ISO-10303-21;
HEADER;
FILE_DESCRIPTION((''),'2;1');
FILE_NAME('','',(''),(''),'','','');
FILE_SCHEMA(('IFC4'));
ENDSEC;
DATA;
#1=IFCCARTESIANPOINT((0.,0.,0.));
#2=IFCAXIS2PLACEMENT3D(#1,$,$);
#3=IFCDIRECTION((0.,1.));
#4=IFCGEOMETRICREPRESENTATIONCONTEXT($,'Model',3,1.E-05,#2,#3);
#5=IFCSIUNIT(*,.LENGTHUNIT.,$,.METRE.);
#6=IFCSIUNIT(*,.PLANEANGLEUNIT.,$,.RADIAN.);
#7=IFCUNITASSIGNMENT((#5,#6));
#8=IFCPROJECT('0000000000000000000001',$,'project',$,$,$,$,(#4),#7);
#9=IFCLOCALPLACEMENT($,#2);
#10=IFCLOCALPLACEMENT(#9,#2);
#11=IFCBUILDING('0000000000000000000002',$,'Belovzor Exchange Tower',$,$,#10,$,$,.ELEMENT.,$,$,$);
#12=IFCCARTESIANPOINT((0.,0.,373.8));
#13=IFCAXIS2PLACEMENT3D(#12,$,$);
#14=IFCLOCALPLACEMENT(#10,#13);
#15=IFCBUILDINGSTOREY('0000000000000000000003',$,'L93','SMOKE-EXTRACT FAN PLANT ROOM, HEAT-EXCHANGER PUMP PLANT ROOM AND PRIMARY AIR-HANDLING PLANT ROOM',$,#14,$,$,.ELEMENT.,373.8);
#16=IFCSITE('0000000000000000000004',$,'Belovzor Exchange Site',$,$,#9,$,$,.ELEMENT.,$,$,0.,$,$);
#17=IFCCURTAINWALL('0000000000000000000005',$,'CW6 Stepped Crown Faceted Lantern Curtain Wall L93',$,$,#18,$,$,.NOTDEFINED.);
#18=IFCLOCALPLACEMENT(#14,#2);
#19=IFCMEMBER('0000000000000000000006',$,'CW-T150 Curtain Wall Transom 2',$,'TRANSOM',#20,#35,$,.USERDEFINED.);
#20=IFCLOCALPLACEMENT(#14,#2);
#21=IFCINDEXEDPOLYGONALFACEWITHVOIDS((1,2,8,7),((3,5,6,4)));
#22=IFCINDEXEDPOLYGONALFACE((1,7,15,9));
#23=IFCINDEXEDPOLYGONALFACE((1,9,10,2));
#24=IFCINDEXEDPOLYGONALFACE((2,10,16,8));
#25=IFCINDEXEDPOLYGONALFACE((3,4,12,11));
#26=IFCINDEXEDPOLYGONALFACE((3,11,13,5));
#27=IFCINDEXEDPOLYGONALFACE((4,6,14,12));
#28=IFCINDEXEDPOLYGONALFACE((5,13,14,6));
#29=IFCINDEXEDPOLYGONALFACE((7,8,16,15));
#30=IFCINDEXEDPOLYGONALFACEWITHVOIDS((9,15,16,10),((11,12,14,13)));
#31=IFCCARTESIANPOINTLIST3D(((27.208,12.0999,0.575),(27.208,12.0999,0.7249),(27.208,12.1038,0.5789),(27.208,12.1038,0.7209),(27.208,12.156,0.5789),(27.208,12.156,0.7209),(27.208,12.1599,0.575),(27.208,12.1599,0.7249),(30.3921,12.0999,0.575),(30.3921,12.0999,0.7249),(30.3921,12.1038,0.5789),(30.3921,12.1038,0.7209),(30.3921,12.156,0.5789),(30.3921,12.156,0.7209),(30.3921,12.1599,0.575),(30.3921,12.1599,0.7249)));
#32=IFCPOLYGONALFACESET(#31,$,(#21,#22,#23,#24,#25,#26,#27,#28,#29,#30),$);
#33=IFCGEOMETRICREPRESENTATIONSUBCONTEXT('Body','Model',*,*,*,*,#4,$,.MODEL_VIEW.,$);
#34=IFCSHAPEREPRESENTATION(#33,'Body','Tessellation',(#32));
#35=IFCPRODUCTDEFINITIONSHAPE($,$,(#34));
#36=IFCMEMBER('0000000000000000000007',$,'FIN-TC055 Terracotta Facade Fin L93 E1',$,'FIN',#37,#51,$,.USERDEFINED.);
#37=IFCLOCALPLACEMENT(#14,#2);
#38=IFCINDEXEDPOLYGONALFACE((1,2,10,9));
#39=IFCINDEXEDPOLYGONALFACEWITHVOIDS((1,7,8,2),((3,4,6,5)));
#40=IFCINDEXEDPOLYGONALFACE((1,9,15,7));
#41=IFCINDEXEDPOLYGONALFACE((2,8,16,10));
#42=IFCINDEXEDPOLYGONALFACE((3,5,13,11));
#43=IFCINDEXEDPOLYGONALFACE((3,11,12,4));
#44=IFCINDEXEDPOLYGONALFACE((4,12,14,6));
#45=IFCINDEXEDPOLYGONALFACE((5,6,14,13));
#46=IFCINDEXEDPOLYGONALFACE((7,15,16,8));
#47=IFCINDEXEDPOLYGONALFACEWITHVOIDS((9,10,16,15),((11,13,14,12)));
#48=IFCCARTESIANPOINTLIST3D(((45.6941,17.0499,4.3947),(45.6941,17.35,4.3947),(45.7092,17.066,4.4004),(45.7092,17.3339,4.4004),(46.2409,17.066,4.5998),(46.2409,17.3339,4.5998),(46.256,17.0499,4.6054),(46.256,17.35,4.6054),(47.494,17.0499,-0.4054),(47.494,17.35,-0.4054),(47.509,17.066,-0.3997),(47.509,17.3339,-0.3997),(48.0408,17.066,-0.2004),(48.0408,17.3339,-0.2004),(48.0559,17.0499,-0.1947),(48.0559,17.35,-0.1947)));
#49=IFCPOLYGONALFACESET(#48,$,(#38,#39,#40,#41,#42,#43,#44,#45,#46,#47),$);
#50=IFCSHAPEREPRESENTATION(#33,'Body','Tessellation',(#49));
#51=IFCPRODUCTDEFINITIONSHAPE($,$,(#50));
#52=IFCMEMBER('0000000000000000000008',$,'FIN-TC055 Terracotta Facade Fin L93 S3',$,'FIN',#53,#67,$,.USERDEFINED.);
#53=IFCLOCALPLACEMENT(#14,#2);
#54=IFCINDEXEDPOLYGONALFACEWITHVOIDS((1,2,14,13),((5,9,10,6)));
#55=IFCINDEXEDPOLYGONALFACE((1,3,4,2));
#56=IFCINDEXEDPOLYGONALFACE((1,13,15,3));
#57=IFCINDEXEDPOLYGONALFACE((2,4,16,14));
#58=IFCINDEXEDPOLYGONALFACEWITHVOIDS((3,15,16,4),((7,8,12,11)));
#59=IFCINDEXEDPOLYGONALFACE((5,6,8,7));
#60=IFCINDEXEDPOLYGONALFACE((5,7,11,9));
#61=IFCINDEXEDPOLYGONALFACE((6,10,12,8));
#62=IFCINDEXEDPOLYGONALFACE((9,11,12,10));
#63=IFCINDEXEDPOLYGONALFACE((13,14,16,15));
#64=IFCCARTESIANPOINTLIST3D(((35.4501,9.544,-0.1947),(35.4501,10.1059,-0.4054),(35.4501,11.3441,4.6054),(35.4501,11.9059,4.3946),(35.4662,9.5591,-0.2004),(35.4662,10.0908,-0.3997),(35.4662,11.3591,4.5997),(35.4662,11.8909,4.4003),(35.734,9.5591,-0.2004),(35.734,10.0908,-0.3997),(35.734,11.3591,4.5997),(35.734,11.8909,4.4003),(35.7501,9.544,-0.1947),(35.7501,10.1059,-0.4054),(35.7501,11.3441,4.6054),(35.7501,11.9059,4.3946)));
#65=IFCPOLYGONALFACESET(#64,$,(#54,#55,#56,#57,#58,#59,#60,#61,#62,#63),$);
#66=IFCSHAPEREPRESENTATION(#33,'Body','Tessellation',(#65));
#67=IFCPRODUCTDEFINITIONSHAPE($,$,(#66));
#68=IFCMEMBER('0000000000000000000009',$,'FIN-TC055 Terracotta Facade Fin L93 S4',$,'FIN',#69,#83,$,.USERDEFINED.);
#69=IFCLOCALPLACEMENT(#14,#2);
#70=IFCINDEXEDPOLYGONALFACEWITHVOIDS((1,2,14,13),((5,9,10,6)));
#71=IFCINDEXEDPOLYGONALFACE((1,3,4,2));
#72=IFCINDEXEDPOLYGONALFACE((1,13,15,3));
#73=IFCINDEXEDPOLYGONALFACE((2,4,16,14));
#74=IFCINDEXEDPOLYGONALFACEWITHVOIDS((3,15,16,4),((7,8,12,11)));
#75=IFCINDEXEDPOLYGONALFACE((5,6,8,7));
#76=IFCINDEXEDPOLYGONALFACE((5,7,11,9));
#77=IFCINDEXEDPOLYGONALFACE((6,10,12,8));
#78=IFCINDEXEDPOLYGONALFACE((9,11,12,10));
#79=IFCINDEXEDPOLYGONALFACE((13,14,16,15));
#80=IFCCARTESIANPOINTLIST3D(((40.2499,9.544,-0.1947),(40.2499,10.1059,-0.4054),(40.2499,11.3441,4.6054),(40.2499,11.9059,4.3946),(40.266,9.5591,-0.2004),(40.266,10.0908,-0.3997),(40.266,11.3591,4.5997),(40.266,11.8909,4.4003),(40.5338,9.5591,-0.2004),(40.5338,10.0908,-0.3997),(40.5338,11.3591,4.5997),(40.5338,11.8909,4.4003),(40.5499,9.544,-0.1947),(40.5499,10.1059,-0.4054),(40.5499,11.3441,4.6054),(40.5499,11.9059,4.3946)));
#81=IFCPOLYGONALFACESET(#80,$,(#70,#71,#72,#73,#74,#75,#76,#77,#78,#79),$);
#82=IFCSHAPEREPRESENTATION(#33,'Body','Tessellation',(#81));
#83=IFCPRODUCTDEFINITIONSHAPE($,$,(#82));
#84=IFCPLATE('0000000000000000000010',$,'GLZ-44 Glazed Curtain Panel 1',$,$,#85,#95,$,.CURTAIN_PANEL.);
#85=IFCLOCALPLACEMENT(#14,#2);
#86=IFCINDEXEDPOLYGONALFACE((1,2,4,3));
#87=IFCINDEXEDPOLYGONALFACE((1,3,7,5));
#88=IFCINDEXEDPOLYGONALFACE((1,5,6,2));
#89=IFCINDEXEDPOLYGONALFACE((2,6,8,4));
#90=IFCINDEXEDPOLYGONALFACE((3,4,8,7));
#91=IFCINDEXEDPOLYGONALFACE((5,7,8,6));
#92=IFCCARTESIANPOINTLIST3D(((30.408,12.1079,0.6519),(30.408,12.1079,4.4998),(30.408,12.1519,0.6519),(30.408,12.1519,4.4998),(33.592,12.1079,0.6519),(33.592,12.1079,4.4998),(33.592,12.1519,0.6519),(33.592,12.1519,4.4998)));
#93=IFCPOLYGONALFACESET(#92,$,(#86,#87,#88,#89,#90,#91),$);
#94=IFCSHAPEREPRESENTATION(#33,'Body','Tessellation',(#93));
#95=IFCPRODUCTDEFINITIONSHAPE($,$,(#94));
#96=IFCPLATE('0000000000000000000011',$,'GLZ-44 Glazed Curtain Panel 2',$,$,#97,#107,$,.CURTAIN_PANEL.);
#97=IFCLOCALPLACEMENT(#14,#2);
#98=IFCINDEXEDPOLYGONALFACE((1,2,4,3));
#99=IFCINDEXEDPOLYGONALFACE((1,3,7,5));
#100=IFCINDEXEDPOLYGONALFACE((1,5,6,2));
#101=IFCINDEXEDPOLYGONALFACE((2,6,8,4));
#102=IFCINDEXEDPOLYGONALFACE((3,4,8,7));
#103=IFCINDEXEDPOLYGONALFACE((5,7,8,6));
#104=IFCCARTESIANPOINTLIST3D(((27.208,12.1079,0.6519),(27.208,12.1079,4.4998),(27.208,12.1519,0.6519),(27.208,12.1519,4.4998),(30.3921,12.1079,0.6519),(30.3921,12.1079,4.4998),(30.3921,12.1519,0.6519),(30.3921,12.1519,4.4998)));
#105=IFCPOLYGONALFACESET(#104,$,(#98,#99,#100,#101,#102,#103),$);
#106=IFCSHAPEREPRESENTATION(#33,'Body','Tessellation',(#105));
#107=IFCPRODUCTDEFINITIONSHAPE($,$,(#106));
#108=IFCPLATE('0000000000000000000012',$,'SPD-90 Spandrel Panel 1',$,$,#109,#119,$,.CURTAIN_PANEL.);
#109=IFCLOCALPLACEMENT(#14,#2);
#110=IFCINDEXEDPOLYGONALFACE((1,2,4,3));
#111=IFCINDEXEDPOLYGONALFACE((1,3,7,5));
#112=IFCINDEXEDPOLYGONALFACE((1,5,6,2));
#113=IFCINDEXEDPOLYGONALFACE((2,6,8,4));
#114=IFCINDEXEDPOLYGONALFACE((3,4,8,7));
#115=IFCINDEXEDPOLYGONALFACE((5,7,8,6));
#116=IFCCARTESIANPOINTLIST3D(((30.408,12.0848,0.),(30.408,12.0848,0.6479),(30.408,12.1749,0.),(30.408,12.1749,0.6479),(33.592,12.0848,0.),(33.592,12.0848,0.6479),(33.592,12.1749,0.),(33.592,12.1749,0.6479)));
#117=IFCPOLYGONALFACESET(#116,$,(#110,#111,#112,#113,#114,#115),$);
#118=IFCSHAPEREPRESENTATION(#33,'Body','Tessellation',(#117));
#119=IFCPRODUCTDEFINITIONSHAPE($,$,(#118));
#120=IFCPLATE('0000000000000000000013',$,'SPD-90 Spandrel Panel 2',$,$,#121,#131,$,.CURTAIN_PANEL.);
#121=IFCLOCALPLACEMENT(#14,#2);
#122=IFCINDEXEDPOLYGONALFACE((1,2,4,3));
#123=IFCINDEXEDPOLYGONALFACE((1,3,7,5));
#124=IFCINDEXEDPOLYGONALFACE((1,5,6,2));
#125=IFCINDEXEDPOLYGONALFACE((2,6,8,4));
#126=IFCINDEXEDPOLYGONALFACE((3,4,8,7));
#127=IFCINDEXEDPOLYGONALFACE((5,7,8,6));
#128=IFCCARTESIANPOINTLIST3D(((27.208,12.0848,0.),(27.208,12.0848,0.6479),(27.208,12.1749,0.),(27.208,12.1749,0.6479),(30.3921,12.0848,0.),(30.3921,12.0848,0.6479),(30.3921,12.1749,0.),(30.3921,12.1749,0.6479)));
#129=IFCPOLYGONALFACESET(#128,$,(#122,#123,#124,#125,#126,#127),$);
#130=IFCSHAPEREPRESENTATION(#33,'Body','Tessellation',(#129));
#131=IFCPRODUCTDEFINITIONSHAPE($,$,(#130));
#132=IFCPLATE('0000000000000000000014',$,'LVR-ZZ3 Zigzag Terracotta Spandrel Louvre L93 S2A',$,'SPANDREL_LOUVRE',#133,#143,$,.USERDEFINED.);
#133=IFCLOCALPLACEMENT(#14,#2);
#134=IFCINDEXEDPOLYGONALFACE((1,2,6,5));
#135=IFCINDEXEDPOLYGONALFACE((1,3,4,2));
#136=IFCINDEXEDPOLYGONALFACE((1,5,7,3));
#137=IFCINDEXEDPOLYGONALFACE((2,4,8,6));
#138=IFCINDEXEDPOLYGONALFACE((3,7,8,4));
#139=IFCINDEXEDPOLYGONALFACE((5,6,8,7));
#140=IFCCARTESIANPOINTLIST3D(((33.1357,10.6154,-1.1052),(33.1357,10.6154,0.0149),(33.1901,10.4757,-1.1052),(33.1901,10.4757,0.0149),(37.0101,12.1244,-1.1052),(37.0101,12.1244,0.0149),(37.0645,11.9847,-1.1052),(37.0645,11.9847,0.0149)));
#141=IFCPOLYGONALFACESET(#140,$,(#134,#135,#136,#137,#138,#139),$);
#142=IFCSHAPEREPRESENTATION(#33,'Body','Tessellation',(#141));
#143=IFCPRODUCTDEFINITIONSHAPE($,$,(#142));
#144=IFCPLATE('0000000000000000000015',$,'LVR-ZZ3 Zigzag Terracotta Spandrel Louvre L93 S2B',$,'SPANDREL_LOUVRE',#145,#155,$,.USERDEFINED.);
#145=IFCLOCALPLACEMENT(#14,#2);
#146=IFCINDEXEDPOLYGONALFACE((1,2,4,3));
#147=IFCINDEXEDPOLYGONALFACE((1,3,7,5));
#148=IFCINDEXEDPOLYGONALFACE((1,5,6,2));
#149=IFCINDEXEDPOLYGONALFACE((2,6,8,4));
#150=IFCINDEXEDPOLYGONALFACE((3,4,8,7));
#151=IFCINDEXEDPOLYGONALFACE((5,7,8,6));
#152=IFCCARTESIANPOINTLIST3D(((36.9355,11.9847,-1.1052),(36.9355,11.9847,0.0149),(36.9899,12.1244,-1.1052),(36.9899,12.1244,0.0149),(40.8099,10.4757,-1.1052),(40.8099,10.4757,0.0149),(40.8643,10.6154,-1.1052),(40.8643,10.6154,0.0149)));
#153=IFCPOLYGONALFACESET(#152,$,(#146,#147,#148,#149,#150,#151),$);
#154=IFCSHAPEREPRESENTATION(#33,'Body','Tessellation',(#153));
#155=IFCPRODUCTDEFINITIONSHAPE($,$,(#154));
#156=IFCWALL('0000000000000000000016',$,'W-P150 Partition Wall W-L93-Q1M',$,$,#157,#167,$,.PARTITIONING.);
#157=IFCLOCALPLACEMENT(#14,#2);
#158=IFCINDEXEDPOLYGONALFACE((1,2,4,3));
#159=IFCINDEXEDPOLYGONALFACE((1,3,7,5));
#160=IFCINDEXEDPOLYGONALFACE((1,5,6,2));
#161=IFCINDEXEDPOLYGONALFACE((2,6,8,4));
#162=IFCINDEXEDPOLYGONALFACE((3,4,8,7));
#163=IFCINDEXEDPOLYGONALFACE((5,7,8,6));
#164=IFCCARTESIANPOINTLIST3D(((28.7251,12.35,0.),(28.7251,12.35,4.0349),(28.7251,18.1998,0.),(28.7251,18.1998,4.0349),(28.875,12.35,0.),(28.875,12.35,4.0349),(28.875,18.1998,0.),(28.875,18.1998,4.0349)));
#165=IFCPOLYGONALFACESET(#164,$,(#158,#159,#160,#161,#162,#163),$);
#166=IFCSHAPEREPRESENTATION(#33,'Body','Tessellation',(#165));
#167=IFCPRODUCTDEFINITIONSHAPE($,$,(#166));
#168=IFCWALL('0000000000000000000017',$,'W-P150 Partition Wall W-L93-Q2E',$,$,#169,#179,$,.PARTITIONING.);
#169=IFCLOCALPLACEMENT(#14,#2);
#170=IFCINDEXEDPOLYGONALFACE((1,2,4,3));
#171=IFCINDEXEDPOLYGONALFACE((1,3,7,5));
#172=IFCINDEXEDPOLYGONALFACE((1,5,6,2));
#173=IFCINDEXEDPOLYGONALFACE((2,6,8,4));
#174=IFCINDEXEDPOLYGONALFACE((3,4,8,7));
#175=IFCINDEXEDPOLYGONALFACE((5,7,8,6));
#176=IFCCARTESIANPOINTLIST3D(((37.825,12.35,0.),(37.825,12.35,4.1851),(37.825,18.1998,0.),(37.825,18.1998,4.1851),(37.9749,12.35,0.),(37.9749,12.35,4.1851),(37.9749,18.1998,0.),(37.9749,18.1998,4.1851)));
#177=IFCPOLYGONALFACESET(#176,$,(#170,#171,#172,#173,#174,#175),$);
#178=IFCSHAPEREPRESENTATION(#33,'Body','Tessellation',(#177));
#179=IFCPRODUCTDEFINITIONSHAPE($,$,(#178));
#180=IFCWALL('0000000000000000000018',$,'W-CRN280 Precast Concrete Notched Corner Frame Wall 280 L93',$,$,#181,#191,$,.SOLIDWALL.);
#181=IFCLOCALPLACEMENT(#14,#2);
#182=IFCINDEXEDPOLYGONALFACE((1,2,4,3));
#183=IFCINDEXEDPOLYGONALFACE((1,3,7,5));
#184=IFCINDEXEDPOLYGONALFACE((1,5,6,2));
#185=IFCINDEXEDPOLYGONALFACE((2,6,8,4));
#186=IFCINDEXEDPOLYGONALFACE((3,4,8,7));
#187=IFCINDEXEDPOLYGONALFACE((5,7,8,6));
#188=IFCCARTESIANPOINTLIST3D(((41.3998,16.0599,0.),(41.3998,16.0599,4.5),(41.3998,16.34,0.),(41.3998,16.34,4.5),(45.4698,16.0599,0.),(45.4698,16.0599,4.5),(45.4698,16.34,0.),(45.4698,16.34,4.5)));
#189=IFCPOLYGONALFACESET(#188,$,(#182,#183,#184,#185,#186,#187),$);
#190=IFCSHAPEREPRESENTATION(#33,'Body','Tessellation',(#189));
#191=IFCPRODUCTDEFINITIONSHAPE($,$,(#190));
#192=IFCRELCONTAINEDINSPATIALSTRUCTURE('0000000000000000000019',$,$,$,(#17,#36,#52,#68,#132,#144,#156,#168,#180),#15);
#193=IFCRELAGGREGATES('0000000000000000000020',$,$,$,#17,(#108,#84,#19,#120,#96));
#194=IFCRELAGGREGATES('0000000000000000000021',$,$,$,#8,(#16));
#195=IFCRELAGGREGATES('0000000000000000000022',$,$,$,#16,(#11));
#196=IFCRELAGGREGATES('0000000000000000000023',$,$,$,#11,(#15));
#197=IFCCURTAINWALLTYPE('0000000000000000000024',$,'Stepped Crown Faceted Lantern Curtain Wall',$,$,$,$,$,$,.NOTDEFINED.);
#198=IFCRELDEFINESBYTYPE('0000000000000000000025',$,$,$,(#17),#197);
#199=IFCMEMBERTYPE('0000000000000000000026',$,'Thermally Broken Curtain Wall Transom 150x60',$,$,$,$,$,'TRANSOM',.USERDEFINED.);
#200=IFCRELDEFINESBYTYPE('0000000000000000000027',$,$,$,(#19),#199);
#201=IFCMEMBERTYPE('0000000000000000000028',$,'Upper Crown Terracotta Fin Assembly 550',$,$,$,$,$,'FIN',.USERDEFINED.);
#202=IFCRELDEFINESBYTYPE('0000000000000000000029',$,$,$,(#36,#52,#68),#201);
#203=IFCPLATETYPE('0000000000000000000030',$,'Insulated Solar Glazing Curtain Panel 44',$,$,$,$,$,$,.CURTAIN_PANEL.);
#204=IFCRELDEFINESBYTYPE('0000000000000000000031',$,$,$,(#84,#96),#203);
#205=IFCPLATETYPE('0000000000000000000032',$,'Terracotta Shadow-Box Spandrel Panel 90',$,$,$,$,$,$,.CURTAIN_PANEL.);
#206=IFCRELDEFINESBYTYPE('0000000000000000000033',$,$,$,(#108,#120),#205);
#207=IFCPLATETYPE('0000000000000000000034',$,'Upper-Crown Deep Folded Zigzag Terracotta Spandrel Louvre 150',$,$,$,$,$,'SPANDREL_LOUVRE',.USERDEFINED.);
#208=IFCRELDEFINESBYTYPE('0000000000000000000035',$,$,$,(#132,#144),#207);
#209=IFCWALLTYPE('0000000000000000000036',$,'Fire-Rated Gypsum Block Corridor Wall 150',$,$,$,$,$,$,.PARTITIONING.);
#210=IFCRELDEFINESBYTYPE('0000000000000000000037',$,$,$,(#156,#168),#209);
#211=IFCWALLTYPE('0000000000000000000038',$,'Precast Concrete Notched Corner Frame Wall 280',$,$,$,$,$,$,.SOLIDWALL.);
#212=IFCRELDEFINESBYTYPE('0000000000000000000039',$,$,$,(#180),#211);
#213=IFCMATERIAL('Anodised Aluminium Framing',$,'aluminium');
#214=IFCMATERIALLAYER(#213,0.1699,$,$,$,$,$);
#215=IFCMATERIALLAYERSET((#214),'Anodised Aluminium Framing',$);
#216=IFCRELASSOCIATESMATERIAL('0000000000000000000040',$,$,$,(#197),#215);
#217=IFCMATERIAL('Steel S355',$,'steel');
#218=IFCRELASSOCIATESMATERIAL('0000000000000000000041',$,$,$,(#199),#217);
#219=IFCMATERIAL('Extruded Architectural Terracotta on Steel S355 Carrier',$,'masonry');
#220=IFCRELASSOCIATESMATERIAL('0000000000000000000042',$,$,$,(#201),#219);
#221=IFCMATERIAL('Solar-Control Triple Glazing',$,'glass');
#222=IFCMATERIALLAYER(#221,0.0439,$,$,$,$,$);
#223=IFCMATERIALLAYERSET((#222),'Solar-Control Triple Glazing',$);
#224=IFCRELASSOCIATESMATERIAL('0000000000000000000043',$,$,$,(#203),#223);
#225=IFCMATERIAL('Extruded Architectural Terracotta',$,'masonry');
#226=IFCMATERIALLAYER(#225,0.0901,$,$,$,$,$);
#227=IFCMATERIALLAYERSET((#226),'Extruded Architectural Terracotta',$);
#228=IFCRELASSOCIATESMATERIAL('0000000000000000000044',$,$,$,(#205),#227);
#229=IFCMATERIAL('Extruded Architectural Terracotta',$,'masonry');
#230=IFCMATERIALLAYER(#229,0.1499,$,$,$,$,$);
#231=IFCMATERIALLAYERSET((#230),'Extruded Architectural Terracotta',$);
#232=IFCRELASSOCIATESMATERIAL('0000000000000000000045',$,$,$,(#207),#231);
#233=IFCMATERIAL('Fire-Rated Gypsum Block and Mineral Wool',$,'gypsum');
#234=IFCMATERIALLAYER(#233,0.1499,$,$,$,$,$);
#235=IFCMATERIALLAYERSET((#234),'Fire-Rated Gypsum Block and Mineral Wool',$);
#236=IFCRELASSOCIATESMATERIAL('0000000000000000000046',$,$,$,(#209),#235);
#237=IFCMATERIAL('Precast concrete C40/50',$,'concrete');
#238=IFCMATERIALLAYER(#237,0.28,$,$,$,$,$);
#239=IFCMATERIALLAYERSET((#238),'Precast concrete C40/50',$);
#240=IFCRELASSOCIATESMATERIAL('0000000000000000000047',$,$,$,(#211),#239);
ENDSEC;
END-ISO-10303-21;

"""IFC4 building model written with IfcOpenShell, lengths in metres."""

from ifc_helpers import new_model, si_unit, direction, frame, frame_2d, origin, origin_2d, place, context, subcontext, project, spatial, rectangle, hollow_rectangle, extrude, material, layer, layer_set, material_profile, profile_set, type_object, element, aggregate, save


model = new_model("IFC4")

# Units and contexts
model_context = context("Model", 3, precision=1e-05, world=origin(), true_north=direction((0.0, 1.0)))
body_context = subcontext(model_context, "Body", "Model", "MODEL_VIEW")
ifc_project = project(units=[si_unit("LENGTHUNIT", "METRE"), si_unit("PLANEANGLEUNIT", "RADIAN")], contexts=[model_context])

# Site, building, storey
site_placement = place(None, origin())
site = spatial("IfcSite", under=ifc_project, at=site_placement, Name="Belovzor Exchange Site", CompositionType="ELEMENT", RefElevation=0.0)
building_placement = place(site_placement, origin())
building = spatial("IfcBuilding", under=site, at=building_placement, Name="Belovzor Exchange Tower", CompositionType="ELEMENT")
storey_placement = place(building_placement, frame((0.0, 0.0, 373.8)))
storey = spatial("IfcBuildingStorey", under=building, at=storey_placement, Name="L93", Description="SMOKE-EXTRACT FAN PLANT ROOM, HEAT-EXCHANGER PUMP PLANT ROOM AND PRIMARY AIR-HANDLING PLANT ROOM", CompositionType="ELEMENT", Elevation=373.8)

# Curtain wall, member
ifc_material_1 = material(Name="Anodised Aluminium Framing", Category="aluminium")
ifc_layer_1 = layer(ifc_material_1, 0.1699)
ifc_layer_set_1 = layer_set([ifc_layer_1], Name="Anodised Aluminium Framing")
curtain_wall_type = type_object("IfcCurtainWallType", Name="Stepped Crown Faceted Lantern Curtain Wall", PredefinedType="NOTDEFINED", material=ifc_layer_set_1)
curtain_wall_placement = place(storey_placement, origin())
curtain_wall = element("IfcCurtainWall", 1, at=curtain_wall_placement, inside=storey, type_object=curtain_wall_type, Name="CW6 Stepped Crown Faceted Lantern Curtain Wall L93", PredefinedType="NOTDEFINED")
ifc_material_2 = material(Name="Steel S355", Category="steel")
ifc_material_profile_1 = material_profile(ifc_material_2, hollow_rectangle(XDim=0.0601, YDim=0.1499, WallThickness=0.0039, at=origin_2d()))
ifc_profile_set_1 = profile_set([ifc_material_profile_1], Name="Steel S355")
member_type_1 = type_object("IfcMemberType", Name="Thermally Broken Curtain Wall Transom 150x60", ElementType="TRANSOM", PredefinedType="USERDEFINED", material=ifc_profile_set_1)
member_1_placement = place(storey_placement, frame((30.3921, 12.1299, 0.6499), z_axis=(-1.0, 0.0, 0.0), x_axis=(0.0, -1.0, 0.0)))
member_1 = element("IfcMember", 2, at=member_1_placement, type_object=member_type_1, Name="CW-T150 Curtain Wall Transom 2", ObjectType="TRANSOM", PredefinedType="USERDEFINED", context=body_context, shape_type="SweptSolid", body=[
    extrude(hollow_rectangle(XDim=0.0601, YDim=0.1499, WallThickness=0.0039, at=origin_2d()), origin(), (0.0, 0.0, 1.0), 3.1841),
])

# Members
ifc_material_3 = material(Name="Extruded Architectural Terracotta on Steel S355 Carrier", Category="masonry")
ifc_material_profile_2 = material_profile(ifc_material_3, hollow_rectangle(XDim=0.3, YDim=0.6001, WallThickness=0.0161, at=origin_2d()))
ifc_profile_set_2 = profile_set([ifc_material_profile_2], Name="Extruded Architectural Terracotta on Steel S355 Carrier")
member_type_2 = type_object("IfcMemberType", Name="Upper Crown Terracotta Fin Assembly 550", ElementType="FIN", PredefinedType="USERDEFINED", material=ifc_profile_set_2)
for number, where, z_axis, x_axis, name in (
    (3, (47.7749, 17.2, -0.3), (-0.351087, 0.0, 0.936343), (0.0, -1.0, 0.0), "FIN-TC055 Terracotta Facade Fin L93 E1"),
    (4, (35.6001, 9.825, -0.3), (0.0, 0.351129, 0.936327), (-1.0, 0.0, 0.0), "FIN-TC055 Terracotta Facade Fin L93 S3"),
    (5, (40.3999, 9.825, -0.3), (0.0, 0.351129, 0.936327), (-1.0, 0.0, 0.0), "FIN-TC055 Terracotta Facade Fin L93 S4"),
):
    element("IfcMember", number, at=place(storey_placement, frame(where, z_axis=z_axis, x_axis=x_axis)), inside=storey, type_object=member_type_2, Name=name, ObjectType="FIN", PredefinedType="USERDEFINED", context=body_context, shape_type="SweptSolid", body=[
        extrude(hollow_rectangle(XDim=0.3, YDim=0.6001, WallThickness=0.0161, at=origin_2d()), origin(), (0.0, 0.0, 1.0), 5.1265),
    ])

# Plates
ifc_material_4 = material(Name="Solar-Control Triple Glazing", Category="glass")
ifc_layer_2 = layer(ifc_material_4, 0.0439)
ifc_layer_set_2 = layer_set([ifc_layer_2], Name="Solar-Control Triple Glazing")
plate_type_1 = type_object("IfcPlateType", Name="Insulated Solar Glazing Curtain Panel 44", PredefinedType="CURTAIN_PANEL", material=ifc_layer_set_2)
plate_1_placement = place(storey_placement, frame((32.0, 12.1299, 0.6519), z_axis=(0.0, 0.0, 1.0), x_axis=(-1.0, 0.0, 0.0)))
plate_1 = element("IfcPlate", 6, at=plate_1_placement, type_object=plate_type_1, Name="GLZ-44 Glazed Curtain Panel 1", PredefinedType="CURTAIN_PANEL", context=body_context, shape_type="SweptSolid", body=[
    extrude(rectangle(XDim=3.1841, YDim=0.0439, at=origin_2d()), origin(), (0.0, 0.0, 1.0), 3.8479),
])
plate_2_placement = place(storey_placement, frame((28.8, 12.1299, 0.6519), z_axis=(0.0, 0.0, 1.0), x_axis=(-1.0, 0.0, 0.0)))
plate_2 = element("IfcPlate", 7, at=plate_2_placement, type_object=plate_type_1, Name="GLZ-44 Glazed Curtain Panel 2", PredefinedType="CURTAIN_PANEL", context=body_context, shape_type="SweptSolid", body=[
    extrude(rectangle(XDim=3.1841, YDim=0.0439, at=origin_2d()), origin(), (0.0, 0.0, 1.0), 3.8479),
])
ifc_material_5 = material(Name="Extruded Architectural Terracotta", Category="masonry")
ifc_layer_3 = layer(ifc_material_5, 0.0901)
ifc_layer_set_3 = layer_set([ifc_layer_3], Name="Extruded Architectural Terracotta")
plate_type_2 = type_object("IfcPlateType", Name="Terracotta Shadow-Box Spandrel Panel 90", PredefinedType="CURTAIN_PANEL", material=ifc_layer_set_3)
plate_3_placement = place(storey_placement, frame((32.0, 12.1299, 0.0), z_axis=(0.0, 0.0, 1.0), x_axis=(-1.0, 0.0, 0.0)))
plate_3 = element("IfcPlate", 8, at=plate_3_placement, type_object=plate_type_2, Name="SPD-90 Spandrel Panel 1", PredefinedType="CURTAIN_PANEL", context=body_context, shape_type="SweptSolid", body=[
    extrude(rectangle(XDim=3.1841, YDim=0.0901, at=origin_2d()), origin(), (0.0, 0.0, 1.0), 0.6479),
])
plate_4_placement = place(storey_placement, frame((28.8, 12.1299, 0.0), z_axis=(0.0, 0.0, 1.0), x_axis=(-1.0, 0.0, 0.0)))
plate_4 = element("IfcPlate", 9, at=plate_4_placement, type_object=plate_type_2, Name="SPD-90 Spandrel Panel 2", PredefinedType="CURTAIN_PANEL", context=body_context, shape_type="SweptSolid", body=[
    extrude(rectangle(XDim=3.1841, YDim=0.0901, at=origin_2d()), origin(), (0.0, 0.0, 1.0), 0.6479),
])
aggregate(curtain_wall, [plate_3, plate_1, member_1, plate_4, plate_2])

# Plates
ifc_material_6 = material(Name="Extruded Architectural Terracotta", Category="masonry")
ifc_layer_4 = layer(ifc_material_6, 0.1499)
ifc_layer_set_4 = layer_set([ifc_layer_4], Name="Extruded Architectural Terracotta")
plate_type_3 = type_object("IfcPlateType", Name="Upper-Crown Deep Folded Zigzag Terracotta Spandrel Louvre 150", ElementType="SPANDREL_LOUVRE", PredefinedType="USERDEFINED", material=ifc_layer_set_4)
for number, where, z_axis, x_axis, name in (
    (10, (35.1001, 11.3, -1.1052), (0.0, 0.0, 1.0), (0.931818, 0.362926, 0.0), "LVR-ZZ3 Zigzag Terracotta Spandrel Louvre L93 S2A"),
    (11, (38.8999, 11.3, -1.1052), (0.0, 0.0, 1.0), (0.931818, -0.362926, 0.0), "LVR-ZZ3 Zigzag Terracotta Spandrel Louvre L93 S2B"),
):
    element("IfcPlate", number, at=place(storey_placement, frame(where, z_axis=z_axis, x_axis=x_axis)), inside=storey, type_object=plate_type_3, Name=name, ObjectType="SPANDREL_LOUVRE", PredefinedType="USERDEFINED", context=body_context, shape_type="SweptSolid", body=[
        extrude(rectangle(XDim=4.158, YDim=0.1499, at=origin_2d()), origin(), (0.0, 0.0, 1.0), 1.1201),
    ])

# Walls
ifc_material_7 = material(Name="Fire-Rated Gypsum Block and Mineral Wool", Category="gypsum")
ifc_layer_5 = layer(ifc_material_7, 0.1499)
ifc_layer_set_5 = layer_set([ifc_layer_5], Name="Fire-Rated Gypsum Block and Mineral Wool")
wall_type_1 = type_object("IfcWallType", Name="Fire-Rated Gypsum Block Corridor Wall 150", PredefinedType="PARTITIONING", material=ifc_layer_set_5)
wall_1_placement = place(storey_placement, frame((28.8, 12.3501, 0.0), z_axis=(0.0, 0.0, 1.0), x_axis=(0.0, 1.0, 0.0)))
element("IfcWall", 12, at=wall_1_placement, inside=storey, type_object=wall_type_1, Name="W-P150 Partition Wall W-L93-Q1M", PredefinedType="PARTITIONING", context=body_context, shape_type="SweptSolid", body=[
    extrude(rectangle(XDim=5.8499, YDim=0.1499, at=frame_2d((2.9248, 0.0))), origin(), (0.0, 0.0, 1.0), 4.0349),
])
wall_2_placement = place(storey_placement, frame((37.8999, 12.3501, 0.0), z_axis=(0.0, 0.0, 1.0), x_axis=(0.0, 1.0, 0.0)))
element("IfcWall", 13, at=wall_2_placement, inside=storey, type_object=wall_type_1, Name="W-P150 Partition Wall W-L93-Q2E", PredefinedType="PARTITIONING", context=body_context, shape_type="SweptSolid", body=[
    extrude(rectangle(XDim=5.8499, YDim=0.1499, at=frame_2d((2.9248, 0.0))), origin(), (0.0, 0.0, 1.0), 4.1851),
])
ifc_material_8 = material(Name="Precast concrete C40/50", Category="concrete")
ifc_layer_6 = layer(ifc_material_8, 0.28)
ifc_layer_set_6 = layer_set([ifc_layer_6], Name="Precast concrete C40/50")
wall_type_2 = type_object("IfcWallType", Name="Precast Concrete Notched Corner Frame Wall 280", PredefinedType="SOLIDWALL", material=ifc_layer_set_6)
for number, where, z_axis, x_axis, name in (
    (14, (45.47, 16.2, 0.0), (0.0, 0.0, 1.0), (-1.0, 0.0, 0.0), "W-CRN280 Precast Concrete Notched Corner Frame Wall 280 L93"),
):
    element("IfcWall", number, at=place(storey_placement, frame(where, z_axis=z_axis, x_axis=x_axis)), inside=storey, type_object=wall_type_2, Name=name, PredefinedType="SOLIDWALL", context=body_context, shape_type="SweptSolid", body=[
        extrude(rectangle(XDim=4.0701, YDim=0.28, at=frame_2d((2.0352, 0.0))), origin(), (0.0, 0.0, 1.0), 4.5),
    ])

save(model, "model.ifc")
